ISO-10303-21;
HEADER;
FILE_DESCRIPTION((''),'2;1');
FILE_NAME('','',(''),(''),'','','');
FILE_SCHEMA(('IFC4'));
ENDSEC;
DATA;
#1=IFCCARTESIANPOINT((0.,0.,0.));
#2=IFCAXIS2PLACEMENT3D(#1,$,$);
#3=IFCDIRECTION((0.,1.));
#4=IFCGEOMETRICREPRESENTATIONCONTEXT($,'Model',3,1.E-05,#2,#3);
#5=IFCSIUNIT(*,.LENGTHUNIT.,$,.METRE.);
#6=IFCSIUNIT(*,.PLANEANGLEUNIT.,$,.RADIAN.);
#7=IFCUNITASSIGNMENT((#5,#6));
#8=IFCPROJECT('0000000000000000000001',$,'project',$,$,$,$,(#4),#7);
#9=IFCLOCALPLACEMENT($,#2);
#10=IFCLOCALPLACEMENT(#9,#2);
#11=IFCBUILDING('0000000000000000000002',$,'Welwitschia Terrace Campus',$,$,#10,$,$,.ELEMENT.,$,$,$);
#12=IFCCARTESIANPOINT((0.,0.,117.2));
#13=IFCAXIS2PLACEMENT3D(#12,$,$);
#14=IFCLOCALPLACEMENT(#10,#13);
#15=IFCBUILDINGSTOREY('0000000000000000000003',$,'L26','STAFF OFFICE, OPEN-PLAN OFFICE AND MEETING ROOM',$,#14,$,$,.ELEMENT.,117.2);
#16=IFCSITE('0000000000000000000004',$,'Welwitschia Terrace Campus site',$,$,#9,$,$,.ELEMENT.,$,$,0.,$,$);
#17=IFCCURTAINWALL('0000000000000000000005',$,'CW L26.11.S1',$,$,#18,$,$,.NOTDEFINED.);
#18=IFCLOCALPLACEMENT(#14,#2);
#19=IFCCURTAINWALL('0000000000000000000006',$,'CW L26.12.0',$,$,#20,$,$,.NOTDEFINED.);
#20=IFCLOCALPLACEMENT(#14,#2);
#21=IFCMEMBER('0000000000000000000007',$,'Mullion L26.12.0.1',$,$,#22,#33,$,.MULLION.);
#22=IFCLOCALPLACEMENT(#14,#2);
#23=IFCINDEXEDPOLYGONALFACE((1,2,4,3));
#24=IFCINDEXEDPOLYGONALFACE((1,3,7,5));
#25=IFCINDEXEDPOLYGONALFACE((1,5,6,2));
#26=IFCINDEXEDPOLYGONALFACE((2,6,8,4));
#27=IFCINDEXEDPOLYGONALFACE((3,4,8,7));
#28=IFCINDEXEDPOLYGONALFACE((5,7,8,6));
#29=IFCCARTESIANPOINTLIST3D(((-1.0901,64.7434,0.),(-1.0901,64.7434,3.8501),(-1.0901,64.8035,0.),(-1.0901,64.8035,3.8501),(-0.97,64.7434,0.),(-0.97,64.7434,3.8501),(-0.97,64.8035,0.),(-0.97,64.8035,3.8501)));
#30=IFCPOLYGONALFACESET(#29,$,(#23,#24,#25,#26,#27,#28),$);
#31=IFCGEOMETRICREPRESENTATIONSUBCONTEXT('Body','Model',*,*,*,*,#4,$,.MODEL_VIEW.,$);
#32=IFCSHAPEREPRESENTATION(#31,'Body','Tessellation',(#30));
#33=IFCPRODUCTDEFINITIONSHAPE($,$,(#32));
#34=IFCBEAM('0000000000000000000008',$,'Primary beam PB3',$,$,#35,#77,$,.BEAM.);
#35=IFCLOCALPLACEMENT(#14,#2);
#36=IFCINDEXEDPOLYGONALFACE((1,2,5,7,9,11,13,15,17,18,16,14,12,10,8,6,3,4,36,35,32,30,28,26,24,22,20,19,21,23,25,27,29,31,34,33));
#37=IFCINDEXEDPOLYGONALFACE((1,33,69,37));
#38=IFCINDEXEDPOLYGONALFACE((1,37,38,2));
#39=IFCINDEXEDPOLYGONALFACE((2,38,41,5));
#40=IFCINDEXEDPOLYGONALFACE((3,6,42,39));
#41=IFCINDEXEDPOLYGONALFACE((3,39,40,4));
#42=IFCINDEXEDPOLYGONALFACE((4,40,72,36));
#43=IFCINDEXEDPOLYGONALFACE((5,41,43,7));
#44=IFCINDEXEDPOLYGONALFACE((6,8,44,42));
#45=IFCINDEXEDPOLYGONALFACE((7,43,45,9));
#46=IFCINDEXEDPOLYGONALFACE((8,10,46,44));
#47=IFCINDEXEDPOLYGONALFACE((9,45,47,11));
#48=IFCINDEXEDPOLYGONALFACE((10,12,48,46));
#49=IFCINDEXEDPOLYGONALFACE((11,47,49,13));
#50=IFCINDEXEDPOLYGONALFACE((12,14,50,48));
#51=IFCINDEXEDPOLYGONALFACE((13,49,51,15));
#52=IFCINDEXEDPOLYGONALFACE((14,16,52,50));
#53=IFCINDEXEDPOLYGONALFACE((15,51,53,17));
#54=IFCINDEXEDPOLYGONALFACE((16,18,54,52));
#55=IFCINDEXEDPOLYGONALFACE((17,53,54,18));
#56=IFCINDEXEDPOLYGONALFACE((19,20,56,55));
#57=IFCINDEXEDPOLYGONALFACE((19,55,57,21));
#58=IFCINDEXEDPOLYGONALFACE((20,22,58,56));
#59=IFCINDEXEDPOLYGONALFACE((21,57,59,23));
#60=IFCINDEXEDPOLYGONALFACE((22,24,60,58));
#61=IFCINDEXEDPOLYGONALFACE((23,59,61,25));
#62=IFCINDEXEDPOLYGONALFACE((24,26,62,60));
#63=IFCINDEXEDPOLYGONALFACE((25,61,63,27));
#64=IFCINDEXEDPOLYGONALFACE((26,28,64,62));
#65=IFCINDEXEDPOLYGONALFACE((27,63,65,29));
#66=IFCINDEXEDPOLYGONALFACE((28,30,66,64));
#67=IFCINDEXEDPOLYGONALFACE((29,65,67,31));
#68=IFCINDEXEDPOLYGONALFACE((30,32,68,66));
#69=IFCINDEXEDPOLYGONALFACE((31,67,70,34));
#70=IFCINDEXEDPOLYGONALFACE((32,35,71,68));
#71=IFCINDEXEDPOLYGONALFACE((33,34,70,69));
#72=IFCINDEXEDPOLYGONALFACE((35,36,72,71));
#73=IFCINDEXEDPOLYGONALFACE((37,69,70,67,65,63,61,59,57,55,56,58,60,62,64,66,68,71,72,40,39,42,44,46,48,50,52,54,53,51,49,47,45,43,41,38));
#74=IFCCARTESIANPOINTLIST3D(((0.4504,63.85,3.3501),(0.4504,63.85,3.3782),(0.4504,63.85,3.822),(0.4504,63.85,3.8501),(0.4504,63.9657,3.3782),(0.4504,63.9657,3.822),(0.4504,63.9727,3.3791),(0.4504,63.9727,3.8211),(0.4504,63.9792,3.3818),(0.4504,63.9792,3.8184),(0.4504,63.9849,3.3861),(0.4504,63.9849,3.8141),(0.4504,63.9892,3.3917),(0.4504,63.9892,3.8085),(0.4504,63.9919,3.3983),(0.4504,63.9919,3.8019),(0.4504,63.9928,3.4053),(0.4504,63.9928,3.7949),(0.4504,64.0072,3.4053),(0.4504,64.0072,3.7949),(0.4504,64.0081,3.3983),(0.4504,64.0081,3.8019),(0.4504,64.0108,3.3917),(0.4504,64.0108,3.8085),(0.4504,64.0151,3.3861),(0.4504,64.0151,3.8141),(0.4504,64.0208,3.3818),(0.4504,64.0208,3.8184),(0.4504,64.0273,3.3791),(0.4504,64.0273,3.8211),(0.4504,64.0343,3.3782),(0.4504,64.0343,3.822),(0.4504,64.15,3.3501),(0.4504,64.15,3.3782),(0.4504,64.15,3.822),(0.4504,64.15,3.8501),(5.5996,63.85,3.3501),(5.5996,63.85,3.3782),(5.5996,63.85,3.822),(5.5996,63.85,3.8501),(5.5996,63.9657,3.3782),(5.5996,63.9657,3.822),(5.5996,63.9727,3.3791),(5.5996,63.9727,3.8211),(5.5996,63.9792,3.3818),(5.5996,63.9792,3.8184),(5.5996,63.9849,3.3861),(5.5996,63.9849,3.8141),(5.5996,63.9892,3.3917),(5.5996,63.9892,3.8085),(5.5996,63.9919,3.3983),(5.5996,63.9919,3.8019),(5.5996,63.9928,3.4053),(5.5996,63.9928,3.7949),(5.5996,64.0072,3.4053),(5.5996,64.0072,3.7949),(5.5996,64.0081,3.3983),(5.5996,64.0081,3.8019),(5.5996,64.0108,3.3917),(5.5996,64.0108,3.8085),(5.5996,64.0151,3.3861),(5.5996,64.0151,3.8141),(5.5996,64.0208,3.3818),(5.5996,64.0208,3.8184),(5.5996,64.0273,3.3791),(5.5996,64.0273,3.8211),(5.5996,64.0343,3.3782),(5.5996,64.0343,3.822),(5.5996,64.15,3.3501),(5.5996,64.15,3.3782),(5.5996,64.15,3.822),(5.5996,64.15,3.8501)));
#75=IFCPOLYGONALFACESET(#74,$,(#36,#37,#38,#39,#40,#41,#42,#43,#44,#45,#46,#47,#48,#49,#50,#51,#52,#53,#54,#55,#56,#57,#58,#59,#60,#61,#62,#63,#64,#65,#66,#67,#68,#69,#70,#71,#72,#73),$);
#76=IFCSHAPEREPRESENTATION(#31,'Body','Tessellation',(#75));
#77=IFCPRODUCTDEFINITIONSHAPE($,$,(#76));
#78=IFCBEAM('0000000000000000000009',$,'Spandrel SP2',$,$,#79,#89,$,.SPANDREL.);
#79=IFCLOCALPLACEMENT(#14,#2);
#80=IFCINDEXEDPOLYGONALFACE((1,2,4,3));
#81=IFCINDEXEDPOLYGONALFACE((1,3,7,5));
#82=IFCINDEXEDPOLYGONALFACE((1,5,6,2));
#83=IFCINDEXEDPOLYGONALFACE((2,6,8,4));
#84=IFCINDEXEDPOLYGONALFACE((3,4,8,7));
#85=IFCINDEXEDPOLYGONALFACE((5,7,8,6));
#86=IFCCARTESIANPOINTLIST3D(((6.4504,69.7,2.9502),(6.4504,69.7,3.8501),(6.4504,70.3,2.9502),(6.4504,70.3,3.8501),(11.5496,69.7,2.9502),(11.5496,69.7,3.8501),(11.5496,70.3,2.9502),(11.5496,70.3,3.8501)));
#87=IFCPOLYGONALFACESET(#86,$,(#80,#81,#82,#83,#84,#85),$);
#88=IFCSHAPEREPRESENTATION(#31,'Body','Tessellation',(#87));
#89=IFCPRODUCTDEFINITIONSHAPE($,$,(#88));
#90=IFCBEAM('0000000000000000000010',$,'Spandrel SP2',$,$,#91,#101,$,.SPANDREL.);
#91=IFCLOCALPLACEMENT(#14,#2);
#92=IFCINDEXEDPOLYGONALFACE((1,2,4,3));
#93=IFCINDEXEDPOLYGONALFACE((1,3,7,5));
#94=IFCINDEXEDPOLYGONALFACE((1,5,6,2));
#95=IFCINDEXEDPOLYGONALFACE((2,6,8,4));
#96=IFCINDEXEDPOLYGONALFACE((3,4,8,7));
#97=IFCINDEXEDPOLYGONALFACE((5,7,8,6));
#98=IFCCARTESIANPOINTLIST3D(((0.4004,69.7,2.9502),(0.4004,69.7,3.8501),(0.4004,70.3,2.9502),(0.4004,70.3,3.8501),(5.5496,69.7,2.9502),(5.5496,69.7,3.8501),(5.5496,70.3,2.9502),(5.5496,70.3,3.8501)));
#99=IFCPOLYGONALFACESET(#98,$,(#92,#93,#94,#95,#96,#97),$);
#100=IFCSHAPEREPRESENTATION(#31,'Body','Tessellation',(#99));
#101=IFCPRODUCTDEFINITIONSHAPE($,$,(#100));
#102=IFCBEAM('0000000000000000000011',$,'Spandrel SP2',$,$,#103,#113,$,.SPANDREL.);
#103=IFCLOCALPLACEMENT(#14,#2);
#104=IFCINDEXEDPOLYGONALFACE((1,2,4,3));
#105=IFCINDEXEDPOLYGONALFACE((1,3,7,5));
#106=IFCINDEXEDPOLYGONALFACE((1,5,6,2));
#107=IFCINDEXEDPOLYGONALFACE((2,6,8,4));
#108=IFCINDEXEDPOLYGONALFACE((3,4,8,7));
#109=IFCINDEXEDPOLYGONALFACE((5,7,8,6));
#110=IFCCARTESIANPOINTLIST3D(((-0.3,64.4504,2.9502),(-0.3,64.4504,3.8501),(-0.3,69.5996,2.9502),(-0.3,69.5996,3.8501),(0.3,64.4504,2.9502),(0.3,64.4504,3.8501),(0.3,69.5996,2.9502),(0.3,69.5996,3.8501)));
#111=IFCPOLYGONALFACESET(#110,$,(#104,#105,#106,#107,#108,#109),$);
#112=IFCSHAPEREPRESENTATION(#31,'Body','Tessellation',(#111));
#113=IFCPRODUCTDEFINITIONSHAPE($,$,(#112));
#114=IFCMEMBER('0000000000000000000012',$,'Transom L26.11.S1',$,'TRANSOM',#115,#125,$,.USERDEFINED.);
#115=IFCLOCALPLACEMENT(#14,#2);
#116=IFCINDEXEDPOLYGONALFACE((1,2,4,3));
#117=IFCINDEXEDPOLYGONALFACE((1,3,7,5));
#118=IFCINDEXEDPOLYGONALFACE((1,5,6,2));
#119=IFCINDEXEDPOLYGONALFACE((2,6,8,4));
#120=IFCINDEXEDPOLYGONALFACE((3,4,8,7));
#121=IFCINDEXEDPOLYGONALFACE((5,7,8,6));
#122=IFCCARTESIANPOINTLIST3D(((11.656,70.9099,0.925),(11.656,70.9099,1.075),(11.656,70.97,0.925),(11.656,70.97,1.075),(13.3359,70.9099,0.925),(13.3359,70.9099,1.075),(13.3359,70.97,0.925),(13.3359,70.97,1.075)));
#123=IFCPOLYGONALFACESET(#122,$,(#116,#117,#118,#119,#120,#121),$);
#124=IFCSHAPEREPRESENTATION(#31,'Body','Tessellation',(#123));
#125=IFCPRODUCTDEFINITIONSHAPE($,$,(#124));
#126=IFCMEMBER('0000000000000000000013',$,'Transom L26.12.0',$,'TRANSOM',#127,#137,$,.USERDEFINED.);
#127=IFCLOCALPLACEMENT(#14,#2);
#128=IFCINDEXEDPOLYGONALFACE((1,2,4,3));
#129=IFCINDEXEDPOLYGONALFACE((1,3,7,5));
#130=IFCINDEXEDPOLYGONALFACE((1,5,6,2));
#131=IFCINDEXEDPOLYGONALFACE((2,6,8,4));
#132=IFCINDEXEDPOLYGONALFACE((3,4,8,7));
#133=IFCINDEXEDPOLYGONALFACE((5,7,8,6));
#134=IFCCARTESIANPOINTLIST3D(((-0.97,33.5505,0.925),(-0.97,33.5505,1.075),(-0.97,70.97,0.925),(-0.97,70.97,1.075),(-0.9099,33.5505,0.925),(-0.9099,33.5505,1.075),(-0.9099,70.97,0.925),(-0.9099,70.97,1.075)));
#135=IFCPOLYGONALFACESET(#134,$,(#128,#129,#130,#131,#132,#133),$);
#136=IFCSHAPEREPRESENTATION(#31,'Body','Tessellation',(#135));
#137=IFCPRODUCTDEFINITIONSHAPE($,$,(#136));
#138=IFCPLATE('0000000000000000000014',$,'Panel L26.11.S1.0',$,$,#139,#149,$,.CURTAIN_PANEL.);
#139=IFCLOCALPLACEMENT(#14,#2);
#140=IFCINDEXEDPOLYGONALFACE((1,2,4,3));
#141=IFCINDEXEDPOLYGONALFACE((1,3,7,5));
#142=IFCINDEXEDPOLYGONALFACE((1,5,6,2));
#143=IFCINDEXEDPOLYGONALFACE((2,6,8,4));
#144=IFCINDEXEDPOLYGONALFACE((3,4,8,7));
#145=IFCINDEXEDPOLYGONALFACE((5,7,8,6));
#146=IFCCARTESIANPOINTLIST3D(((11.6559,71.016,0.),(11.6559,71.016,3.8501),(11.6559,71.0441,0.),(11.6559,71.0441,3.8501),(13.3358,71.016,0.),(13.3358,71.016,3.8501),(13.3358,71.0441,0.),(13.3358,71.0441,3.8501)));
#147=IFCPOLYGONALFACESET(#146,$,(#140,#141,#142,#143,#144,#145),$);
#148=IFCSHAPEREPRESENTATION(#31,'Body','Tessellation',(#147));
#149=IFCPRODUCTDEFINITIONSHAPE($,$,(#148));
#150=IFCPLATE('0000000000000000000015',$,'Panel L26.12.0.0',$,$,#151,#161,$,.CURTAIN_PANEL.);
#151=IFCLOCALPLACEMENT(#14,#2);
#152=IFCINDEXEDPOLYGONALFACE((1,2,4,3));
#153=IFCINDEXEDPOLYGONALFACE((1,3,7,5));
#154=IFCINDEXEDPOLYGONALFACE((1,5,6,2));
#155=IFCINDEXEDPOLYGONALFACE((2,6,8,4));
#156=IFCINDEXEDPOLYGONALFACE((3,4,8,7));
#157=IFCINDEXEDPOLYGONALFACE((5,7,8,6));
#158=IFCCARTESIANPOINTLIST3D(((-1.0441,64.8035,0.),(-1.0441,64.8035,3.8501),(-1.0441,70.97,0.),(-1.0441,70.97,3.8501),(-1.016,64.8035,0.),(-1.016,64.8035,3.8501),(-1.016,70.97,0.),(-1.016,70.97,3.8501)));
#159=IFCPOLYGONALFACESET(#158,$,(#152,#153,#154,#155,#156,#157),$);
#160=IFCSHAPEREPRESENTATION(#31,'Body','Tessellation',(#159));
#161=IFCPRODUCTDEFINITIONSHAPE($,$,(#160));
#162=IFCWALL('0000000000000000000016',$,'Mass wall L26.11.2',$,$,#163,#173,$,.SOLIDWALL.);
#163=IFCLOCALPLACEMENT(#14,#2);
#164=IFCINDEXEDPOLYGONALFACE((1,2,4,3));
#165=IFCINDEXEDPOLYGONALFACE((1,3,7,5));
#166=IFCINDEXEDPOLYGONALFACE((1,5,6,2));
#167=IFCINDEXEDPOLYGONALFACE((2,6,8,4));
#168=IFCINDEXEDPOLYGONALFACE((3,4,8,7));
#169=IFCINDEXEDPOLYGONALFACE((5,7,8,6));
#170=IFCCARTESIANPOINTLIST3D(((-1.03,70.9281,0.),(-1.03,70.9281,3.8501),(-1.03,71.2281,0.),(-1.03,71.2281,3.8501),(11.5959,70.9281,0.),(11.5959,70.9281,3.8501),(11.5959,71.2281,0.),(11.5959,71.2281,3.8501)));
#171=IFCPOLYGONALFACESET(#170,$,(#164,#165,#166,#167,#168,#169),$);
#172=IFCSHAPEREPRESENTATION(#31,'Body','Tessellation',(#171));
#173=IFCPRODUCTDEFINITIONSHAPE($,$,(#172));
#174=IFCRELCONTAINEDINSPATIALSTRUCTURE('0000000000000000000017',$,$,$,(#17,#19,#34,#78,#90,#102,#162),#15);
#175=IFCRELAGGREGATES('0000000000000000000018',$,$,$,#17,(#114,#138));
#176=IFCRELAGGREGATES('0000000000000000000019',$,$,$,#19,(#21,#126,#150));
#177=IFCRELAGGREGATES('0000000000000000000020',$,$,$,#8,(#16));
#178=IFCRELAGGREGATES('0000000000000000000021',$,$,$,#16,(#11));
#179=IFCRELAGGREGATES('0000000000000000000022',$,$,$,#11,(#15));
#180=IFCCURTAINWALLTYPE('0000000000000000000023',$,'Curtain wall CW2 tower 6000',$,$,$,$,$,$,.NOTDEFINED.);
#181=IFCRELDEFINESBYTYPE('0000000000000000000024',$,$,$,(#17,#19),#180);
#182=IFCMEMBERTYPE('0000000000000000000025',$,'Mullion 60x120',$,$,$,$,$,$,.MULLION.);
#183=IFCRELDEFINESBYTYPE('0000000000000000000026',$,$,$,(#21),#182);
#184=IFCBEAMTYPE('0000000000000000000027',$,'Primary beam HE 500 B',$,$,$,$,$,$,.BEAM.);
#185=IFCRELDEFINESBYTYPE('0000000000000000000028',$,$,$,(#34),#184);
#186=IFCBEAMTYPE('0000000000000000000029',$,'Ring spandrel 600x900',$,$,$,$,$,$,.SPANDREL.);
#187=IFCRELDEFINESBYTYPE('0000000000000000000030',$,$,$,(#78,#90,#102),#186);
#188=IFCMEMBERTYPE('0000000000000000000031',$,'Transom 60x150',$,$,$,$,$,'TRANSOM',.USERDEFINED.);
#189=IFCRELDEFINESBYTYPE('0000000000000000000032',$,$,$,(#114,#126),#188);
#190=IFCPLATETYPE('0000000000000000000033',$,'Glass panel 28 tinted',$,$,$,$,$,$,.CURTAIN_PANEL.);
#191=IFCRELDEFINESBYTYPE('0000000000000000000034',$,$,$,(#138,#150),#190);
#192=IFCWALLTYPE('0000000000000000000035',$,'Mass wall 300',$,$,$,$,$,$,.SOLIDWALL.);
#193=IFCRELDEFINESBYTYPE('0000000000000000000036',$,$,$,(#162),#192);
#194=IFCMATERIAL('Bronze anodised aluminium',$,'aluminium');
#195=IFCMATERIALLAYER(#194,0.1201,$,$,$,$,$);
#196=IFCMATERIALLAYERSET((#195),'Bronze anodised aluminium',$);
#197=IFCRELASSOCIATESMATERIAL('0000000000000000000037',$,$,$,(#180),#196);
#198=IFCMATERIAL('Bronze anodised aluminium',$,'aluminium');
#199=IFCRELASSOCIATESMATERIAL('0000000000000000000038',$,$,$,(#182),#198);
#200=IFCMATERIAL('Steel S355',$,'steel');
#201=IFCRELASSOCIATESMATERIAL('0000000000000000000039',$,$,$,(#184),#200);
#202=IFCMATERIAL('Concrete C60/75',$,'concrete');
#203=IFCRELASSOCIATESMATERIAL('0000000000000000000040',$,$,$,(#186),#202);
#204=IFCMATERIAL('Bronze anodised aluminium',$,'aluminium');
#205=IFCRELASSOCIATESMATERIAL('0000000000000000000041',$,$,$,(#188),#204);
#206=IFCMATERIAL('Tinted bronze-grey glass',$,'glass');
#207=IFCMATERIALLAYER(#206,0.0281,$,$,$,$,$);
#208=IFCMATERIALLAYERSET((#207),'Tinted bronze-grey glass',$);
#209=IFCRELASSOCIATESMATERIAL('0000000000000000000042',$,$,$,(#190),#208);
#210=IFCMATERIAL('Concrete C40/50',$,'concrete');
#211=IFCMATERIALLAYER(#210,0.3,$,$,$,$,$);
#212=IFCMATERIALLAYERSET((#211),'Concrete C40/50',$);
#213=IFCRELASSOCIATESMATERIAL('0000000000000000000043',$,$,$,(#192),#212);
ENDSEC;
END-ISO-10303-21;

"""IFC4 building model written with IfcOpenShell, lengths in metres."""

from ifc_helpers import new_model, si_unit, direction, frame, frame_2d, origin, origin_2d, place, context, subcontext, project, spatial, rectangle, i_section, extrude, material, layer, layer_set, material_profile, profile_set, type_object, element, aggregate, save


model = new_model("IFC4")

# Units and contexts
model_context = context("Model", 3, precision=1e-05, world=origin(), true_north=direction((0.0, 1.0)))
body_context = subcontext(model_context, "Body", "Model", "MODEL_VIEW")
ifc_project = project(units=[si_unit("LENGTHUNIT", "METRE"), si_unit("PLANEANGLEUNIT", "RADIAN")], contexts=[model_context])

# Site, building, storey
site_placement = place(None, origin())
site = spatial("IfcSite", under=ifc_project, at=site_placement, Name="Welwitschia Terrace Campus site", CompositionType="ELEMENT", RefElevation=0.0)
building_placement = place(site_placement, origin())
building = spatial("IfcBuilding", under=site, at=building_placement, Name="Welwitschia Terrace Campus", CompositionType="ELEMENT")
storey_placement = place(building_placement, frame((0.0, 0.0, 117.2)))
storey = spatial("IfcBuildingStorey", under=building, at=storey_placement, Name="L26", Description="STAFF OFFICE, OPEN-PLAN OFFICE AND MEETING ROOM", CompositionType="ELEMENT", Elevation=117.2)

# Curtain walls, member
ifc_material_1 = material(Name="Bronze anodised aluminium", Category="aluminium")
ifc_layer_1 = layer(ifc_material_1, 0.1201)
ifc_layer_set_1 = layer_set([ifc_layer_1], Name="Bronze anodised aluminium")
curtain_wall_type = type_object("IfcCurtainWallType", Name="Curtain wall CW2 tower 6000", PredefinedType="NOTDEFINED", material=ifc_layer_set_1)
curtain_wall_1_placement = place(storey_placement, origin())
curtain_wall_1 = element("IfcCurtainWall", 1, at=curtain_wall_1_placement, inside=storey, type_object=curtain_wall_type, Name="CW L26.11.S1", PredefinedType="NOTDEFINED")
ifc_material_2 = material(Name="Bronze anodised aluminium", Category="aluminium")
ifc_material_profile_1 = material_profile(ifc_material_2, rectangle(XDim=0.1201, YDim=0.0601, at=origin_2d()))
ifc_profile_set_1 = profile_set([ifc_material_profile_1], Name="Bronze anodised aluminium")
member_type_1 = type_object("IfcMemberType", Name="Mullion 60x120", PredefinedType="MULLION", material=ifc_profile_set_1)
curtain_wall_2_placement = place(storey_placement, origin())
curtain_wall_2 = element("IfcCurtainWall", 2, at=curtain_wall_2_placement, inside=storey, type_object=curtain_wall_type, Name="CW L26.12.0", PredefinedType="NOTDEFINED")
member_1_placement = place(storey_placement, frame((-1.03, 64.7734, 0.0), z_axis=(0.0, 0.0, 1.0), x_axis=(1.0, 0.0, 0.0)))
member_1 = element("IfcMember", 3, at=member_1_placement, type_object=member_type_1, Name="Mullion L26.12.0.1", PredefinedType="MULLION", context=body_context, shape_type="SweptSolid", body=[
    extrude(rectangle(XDim=0.1201, YDim=0.0601, at=origin_2d()), origin(), (0.0, 0.0, 1.0), 3.8501),
])

# Beams
ifc_material_3 = material(Name="Steel S355", Category="steel")
ifc_material_profile_2 = material_profile(ifc_material_3, i_section(OverallWidth=0.3, OverallDepth=0.5, WebThickness=0.0144, FlangeThickness=0.0281, FilletRadius=0.0271, at=origin_2d()))
ifc_profile_set_2 = profile_set([ifc_material_profile_2], Name="Steel S355")
beam_type_1 = type_object("IfcBeamType", Name="Primary beam HE 500 B", PredefinedType="BEAM", material=ifc_profile_set_2)
beam_1_placement = place(storey_placement, frame((0.4504, 64.0, 3.6001), z_axis=(1.0, 0.0, 0.0), x_axis=(0.0, 1.0, 0.0)))
element("IfcBeam", 4, at=beam_1_placement, inside=storey, type_object=beam_type_1, Name="Primary beam PB3", PredefinedType="BEAM", context=body_context, shape_type="SweptSolid", body=[
    extrude(i_section(OverallWidth=0.3, OverallDepth=0.5, WebThickness=0.0144, FlangeThickness=0.0281, FilletRadius=0.0271, at=origin_2d()), origin(), (0.0, 0.0, 1.0), 5.1492),
])
ifc_material_4 = material(Name="Concrete C60/75", Category="concrete")
ifc_material_profile_3 = material_profile(ifc_material_4, rectangle(XDim=0.6001, YDim=0.8999, at=origin_2d()))
ifc_profile_set_3 = profile_set([ifc_material_profile_3], Name="Concrete C60/75")
beam_type_2 = type_object("IfcBeamType", Name="Ring spandrel 600x900", PredefinedType="SPANDREL", material=ifc_profile_set_3)
beam_2_placement = place(storey_placement, frame((11.5496, 70.0, 3.4001), z_axis=(-1.0, 0.0, 0.0), x_axis=(0.0, -1.0, 0.0)))
element("IfcBeam", 5, at=beam_2_placement, inside=storey, type_object=beam_type_2, Name="Spandrel SP2", PredefinedType="SPANDREL", context=body_context, shape_type="SweptSolid", body=[
    extrude(rectangle(XDim=0.6001, YDim=0.8999, at=origin_2d()), origin(), (0.0, 0.0, 1.0), 5.0991),
])
for number, where, z_axis, x_axis, name in (
    (6, (5.5496, 70.0, 3.4001), (-1.0, 0.0, 0.0), (0.0, -1.0, 0.0), "Spandrel SP2"),
    (7, (0.0, 69.5996, 3.4001), (0.0, -1.0, 0.0), (1.0, 0.0, 0.0), "Spandrel SP2"),
):
    element("IfcBeam", number, at=place(storey_placement, frame(where, z_axis=z_axis, x_axis=x_axis)), inside=storey, type_object=beam_type_2, Name=name, PredefinedType="SPANDREL", context=body_context, shape_type="SweptSolid", body=[
        extrude(rectangle(XDim=0.6001, YDim=0.8999, at=origin_2d()), origin(), (0.0, 0.0, 1.0), 5.1492),
    ])

# Members
ifc_material_5 = material(Name="Bronze anodised aluminium", Category="aluminium")
ifc_material_profile_4 = material_profile(ifc_material_5, rectangle(XDim=0.0601, YDim=0.1499, at=origin_2d()))
ifc_profile_set_4 = profile_set([ifc_material_profile_4], Name="Bronze anodised aluminium")
member_type_2 = type_object("IfcMemberType", Name="Transom 60x150", ElementType="TRANSOM", PredefinedType="USERDEFINED", material=ifc_profile_set_4)
member_2_placement = place(storey_placement, frame((13.3359, 70.9399, 1.0), z_axis=(-1.0, 0.0, 0.0), x_axis=(0.0, -1.0, 0.0)))
member_2 = element("IfcMember", 8, at=member_2_placement, type_object=member_type_2, Name="Transom L26.11.S1", ObjectType="TRANSOM", PredefinedType="USERDEFINED", context=body_context, shape_type="SweptSolid", body=[
    extrude(rectangle(XDim=0.0601, YDim=0.1499, at=origin_2d()), origin(), (0.0, 0.0, 1.0), 1.6799),
])
member_3_placement = place(storey_placement, frame((-0.9399, 70.97, 1.0), z_axis=(0.0, -1.0, 0.0), x_axis=(1.0, 0.0, 0.0)))
member_3 = element("IfcMember", 9, at=member_3_placement, type_object=member_type_2, Name="Transom L26.12.0", ObjectType="TRANSOM", PredefinedType="USERDEFINED", context=body_context, shape_type="SweptSolid", body=[
    extrude(rectangle(XDim=0.0601, YDim=0.1499, at=origin_2d()), origin(), (0.0, 0.0, 1.0), 37.4194),
])

# Plates
ifc_material_6 = material(Name="Tinted bronze-grey glass", Category="glass")
ifc_layer_2 = layer(ifc_material_6, 0.0281)
ifc_layer_set_2 = layer_set([ifc_layer_2], Name="Tinted bronze-grey glass")
plate_type = type_object("IfcPlateType", Name="Glass panel 28 tinted", PredefinedType="CURTAIN_PANEL", material=ifc_layer_set_2)
plate_1_placement = place(storey_placement, frame((12.4958, 71.03, 0.0), z_axis=(0.0, 0.0, 1.0), x_axis=(-1.0, 0.0, 0.0)))
plate_1 = element("IfcPlate", 10, at=plate_1_placement, type_object=plate_type, Name="Panel L26.11.S1.0", PredefinedType="CURTAIN_PANEL", context=body_context, shape_type="SweptSolid", body=[
    extrude(rectangle(XDim=1.6799, YDim=0.0281, at=origin_2d()), origin(), (0.0, 0.0, 1.0), 3.8501),
])
aggregate(curtain_wall_1, [member_2, plate_1])
plate_2_placement = place(storey_placement, frame((-1.03, 67.8867, 0.0), z_axis=(0.0, 0.0, 1.0), x_axis=(0.0, -1.0, 0.0)))
plate_2 = element("IfcPlate", 11, at=plate_2_placement, type_object=plate_type, Name="Panel L26.12.0.0", PredefinedType="CURTAIN_PANEL", context=body_context, shape_type="SweptSolid", body=[
    extrude(rectangle(XDim=6.1665, YDim=0.0281, at=origin_2d()), origin(), (0.0, 0.0, 1.0), 3.8501),
])
aggregate(curtain_wall_2, [member_1, member_3, plate_2])

# Wall
ifc_material_7 = material(Name="Concrete C40/50", Category="concrete")
ifc_layer_3 = layer(ifc_material_7, 0.3)
ifc_layer_set_3 = layer_set([ifc_layer_3], Name="Concrete C40/50")
wall_type = type_object("IfcWallType", Name="Mass wall 300", PredefinedType="SOLIDWALL", material=ifc_layer_set_3)
wall_placement = place(storey_placement, frame((11.5959, 71.0781, 0.0), z_axis=(0.0, 0.0, 1.0), x_axis=(-1.0, 0.0, 0.0)))
element("IfcWall", 12, at=wall_placement, inside=storey, type_object=wall_type, Name="Mass wall L26.11.2", PredefinedType="SOLIDWALL", context=body_context, shape_type="SweptSolid", body=[
    extrude(rectangle(XDim=12.626, YDim=0.3, at=frame_2d((6.313, 0.0))), origin(), (0.0, 0.0, 1.0), 3.8501),
])

save(model, "model.ifc")
